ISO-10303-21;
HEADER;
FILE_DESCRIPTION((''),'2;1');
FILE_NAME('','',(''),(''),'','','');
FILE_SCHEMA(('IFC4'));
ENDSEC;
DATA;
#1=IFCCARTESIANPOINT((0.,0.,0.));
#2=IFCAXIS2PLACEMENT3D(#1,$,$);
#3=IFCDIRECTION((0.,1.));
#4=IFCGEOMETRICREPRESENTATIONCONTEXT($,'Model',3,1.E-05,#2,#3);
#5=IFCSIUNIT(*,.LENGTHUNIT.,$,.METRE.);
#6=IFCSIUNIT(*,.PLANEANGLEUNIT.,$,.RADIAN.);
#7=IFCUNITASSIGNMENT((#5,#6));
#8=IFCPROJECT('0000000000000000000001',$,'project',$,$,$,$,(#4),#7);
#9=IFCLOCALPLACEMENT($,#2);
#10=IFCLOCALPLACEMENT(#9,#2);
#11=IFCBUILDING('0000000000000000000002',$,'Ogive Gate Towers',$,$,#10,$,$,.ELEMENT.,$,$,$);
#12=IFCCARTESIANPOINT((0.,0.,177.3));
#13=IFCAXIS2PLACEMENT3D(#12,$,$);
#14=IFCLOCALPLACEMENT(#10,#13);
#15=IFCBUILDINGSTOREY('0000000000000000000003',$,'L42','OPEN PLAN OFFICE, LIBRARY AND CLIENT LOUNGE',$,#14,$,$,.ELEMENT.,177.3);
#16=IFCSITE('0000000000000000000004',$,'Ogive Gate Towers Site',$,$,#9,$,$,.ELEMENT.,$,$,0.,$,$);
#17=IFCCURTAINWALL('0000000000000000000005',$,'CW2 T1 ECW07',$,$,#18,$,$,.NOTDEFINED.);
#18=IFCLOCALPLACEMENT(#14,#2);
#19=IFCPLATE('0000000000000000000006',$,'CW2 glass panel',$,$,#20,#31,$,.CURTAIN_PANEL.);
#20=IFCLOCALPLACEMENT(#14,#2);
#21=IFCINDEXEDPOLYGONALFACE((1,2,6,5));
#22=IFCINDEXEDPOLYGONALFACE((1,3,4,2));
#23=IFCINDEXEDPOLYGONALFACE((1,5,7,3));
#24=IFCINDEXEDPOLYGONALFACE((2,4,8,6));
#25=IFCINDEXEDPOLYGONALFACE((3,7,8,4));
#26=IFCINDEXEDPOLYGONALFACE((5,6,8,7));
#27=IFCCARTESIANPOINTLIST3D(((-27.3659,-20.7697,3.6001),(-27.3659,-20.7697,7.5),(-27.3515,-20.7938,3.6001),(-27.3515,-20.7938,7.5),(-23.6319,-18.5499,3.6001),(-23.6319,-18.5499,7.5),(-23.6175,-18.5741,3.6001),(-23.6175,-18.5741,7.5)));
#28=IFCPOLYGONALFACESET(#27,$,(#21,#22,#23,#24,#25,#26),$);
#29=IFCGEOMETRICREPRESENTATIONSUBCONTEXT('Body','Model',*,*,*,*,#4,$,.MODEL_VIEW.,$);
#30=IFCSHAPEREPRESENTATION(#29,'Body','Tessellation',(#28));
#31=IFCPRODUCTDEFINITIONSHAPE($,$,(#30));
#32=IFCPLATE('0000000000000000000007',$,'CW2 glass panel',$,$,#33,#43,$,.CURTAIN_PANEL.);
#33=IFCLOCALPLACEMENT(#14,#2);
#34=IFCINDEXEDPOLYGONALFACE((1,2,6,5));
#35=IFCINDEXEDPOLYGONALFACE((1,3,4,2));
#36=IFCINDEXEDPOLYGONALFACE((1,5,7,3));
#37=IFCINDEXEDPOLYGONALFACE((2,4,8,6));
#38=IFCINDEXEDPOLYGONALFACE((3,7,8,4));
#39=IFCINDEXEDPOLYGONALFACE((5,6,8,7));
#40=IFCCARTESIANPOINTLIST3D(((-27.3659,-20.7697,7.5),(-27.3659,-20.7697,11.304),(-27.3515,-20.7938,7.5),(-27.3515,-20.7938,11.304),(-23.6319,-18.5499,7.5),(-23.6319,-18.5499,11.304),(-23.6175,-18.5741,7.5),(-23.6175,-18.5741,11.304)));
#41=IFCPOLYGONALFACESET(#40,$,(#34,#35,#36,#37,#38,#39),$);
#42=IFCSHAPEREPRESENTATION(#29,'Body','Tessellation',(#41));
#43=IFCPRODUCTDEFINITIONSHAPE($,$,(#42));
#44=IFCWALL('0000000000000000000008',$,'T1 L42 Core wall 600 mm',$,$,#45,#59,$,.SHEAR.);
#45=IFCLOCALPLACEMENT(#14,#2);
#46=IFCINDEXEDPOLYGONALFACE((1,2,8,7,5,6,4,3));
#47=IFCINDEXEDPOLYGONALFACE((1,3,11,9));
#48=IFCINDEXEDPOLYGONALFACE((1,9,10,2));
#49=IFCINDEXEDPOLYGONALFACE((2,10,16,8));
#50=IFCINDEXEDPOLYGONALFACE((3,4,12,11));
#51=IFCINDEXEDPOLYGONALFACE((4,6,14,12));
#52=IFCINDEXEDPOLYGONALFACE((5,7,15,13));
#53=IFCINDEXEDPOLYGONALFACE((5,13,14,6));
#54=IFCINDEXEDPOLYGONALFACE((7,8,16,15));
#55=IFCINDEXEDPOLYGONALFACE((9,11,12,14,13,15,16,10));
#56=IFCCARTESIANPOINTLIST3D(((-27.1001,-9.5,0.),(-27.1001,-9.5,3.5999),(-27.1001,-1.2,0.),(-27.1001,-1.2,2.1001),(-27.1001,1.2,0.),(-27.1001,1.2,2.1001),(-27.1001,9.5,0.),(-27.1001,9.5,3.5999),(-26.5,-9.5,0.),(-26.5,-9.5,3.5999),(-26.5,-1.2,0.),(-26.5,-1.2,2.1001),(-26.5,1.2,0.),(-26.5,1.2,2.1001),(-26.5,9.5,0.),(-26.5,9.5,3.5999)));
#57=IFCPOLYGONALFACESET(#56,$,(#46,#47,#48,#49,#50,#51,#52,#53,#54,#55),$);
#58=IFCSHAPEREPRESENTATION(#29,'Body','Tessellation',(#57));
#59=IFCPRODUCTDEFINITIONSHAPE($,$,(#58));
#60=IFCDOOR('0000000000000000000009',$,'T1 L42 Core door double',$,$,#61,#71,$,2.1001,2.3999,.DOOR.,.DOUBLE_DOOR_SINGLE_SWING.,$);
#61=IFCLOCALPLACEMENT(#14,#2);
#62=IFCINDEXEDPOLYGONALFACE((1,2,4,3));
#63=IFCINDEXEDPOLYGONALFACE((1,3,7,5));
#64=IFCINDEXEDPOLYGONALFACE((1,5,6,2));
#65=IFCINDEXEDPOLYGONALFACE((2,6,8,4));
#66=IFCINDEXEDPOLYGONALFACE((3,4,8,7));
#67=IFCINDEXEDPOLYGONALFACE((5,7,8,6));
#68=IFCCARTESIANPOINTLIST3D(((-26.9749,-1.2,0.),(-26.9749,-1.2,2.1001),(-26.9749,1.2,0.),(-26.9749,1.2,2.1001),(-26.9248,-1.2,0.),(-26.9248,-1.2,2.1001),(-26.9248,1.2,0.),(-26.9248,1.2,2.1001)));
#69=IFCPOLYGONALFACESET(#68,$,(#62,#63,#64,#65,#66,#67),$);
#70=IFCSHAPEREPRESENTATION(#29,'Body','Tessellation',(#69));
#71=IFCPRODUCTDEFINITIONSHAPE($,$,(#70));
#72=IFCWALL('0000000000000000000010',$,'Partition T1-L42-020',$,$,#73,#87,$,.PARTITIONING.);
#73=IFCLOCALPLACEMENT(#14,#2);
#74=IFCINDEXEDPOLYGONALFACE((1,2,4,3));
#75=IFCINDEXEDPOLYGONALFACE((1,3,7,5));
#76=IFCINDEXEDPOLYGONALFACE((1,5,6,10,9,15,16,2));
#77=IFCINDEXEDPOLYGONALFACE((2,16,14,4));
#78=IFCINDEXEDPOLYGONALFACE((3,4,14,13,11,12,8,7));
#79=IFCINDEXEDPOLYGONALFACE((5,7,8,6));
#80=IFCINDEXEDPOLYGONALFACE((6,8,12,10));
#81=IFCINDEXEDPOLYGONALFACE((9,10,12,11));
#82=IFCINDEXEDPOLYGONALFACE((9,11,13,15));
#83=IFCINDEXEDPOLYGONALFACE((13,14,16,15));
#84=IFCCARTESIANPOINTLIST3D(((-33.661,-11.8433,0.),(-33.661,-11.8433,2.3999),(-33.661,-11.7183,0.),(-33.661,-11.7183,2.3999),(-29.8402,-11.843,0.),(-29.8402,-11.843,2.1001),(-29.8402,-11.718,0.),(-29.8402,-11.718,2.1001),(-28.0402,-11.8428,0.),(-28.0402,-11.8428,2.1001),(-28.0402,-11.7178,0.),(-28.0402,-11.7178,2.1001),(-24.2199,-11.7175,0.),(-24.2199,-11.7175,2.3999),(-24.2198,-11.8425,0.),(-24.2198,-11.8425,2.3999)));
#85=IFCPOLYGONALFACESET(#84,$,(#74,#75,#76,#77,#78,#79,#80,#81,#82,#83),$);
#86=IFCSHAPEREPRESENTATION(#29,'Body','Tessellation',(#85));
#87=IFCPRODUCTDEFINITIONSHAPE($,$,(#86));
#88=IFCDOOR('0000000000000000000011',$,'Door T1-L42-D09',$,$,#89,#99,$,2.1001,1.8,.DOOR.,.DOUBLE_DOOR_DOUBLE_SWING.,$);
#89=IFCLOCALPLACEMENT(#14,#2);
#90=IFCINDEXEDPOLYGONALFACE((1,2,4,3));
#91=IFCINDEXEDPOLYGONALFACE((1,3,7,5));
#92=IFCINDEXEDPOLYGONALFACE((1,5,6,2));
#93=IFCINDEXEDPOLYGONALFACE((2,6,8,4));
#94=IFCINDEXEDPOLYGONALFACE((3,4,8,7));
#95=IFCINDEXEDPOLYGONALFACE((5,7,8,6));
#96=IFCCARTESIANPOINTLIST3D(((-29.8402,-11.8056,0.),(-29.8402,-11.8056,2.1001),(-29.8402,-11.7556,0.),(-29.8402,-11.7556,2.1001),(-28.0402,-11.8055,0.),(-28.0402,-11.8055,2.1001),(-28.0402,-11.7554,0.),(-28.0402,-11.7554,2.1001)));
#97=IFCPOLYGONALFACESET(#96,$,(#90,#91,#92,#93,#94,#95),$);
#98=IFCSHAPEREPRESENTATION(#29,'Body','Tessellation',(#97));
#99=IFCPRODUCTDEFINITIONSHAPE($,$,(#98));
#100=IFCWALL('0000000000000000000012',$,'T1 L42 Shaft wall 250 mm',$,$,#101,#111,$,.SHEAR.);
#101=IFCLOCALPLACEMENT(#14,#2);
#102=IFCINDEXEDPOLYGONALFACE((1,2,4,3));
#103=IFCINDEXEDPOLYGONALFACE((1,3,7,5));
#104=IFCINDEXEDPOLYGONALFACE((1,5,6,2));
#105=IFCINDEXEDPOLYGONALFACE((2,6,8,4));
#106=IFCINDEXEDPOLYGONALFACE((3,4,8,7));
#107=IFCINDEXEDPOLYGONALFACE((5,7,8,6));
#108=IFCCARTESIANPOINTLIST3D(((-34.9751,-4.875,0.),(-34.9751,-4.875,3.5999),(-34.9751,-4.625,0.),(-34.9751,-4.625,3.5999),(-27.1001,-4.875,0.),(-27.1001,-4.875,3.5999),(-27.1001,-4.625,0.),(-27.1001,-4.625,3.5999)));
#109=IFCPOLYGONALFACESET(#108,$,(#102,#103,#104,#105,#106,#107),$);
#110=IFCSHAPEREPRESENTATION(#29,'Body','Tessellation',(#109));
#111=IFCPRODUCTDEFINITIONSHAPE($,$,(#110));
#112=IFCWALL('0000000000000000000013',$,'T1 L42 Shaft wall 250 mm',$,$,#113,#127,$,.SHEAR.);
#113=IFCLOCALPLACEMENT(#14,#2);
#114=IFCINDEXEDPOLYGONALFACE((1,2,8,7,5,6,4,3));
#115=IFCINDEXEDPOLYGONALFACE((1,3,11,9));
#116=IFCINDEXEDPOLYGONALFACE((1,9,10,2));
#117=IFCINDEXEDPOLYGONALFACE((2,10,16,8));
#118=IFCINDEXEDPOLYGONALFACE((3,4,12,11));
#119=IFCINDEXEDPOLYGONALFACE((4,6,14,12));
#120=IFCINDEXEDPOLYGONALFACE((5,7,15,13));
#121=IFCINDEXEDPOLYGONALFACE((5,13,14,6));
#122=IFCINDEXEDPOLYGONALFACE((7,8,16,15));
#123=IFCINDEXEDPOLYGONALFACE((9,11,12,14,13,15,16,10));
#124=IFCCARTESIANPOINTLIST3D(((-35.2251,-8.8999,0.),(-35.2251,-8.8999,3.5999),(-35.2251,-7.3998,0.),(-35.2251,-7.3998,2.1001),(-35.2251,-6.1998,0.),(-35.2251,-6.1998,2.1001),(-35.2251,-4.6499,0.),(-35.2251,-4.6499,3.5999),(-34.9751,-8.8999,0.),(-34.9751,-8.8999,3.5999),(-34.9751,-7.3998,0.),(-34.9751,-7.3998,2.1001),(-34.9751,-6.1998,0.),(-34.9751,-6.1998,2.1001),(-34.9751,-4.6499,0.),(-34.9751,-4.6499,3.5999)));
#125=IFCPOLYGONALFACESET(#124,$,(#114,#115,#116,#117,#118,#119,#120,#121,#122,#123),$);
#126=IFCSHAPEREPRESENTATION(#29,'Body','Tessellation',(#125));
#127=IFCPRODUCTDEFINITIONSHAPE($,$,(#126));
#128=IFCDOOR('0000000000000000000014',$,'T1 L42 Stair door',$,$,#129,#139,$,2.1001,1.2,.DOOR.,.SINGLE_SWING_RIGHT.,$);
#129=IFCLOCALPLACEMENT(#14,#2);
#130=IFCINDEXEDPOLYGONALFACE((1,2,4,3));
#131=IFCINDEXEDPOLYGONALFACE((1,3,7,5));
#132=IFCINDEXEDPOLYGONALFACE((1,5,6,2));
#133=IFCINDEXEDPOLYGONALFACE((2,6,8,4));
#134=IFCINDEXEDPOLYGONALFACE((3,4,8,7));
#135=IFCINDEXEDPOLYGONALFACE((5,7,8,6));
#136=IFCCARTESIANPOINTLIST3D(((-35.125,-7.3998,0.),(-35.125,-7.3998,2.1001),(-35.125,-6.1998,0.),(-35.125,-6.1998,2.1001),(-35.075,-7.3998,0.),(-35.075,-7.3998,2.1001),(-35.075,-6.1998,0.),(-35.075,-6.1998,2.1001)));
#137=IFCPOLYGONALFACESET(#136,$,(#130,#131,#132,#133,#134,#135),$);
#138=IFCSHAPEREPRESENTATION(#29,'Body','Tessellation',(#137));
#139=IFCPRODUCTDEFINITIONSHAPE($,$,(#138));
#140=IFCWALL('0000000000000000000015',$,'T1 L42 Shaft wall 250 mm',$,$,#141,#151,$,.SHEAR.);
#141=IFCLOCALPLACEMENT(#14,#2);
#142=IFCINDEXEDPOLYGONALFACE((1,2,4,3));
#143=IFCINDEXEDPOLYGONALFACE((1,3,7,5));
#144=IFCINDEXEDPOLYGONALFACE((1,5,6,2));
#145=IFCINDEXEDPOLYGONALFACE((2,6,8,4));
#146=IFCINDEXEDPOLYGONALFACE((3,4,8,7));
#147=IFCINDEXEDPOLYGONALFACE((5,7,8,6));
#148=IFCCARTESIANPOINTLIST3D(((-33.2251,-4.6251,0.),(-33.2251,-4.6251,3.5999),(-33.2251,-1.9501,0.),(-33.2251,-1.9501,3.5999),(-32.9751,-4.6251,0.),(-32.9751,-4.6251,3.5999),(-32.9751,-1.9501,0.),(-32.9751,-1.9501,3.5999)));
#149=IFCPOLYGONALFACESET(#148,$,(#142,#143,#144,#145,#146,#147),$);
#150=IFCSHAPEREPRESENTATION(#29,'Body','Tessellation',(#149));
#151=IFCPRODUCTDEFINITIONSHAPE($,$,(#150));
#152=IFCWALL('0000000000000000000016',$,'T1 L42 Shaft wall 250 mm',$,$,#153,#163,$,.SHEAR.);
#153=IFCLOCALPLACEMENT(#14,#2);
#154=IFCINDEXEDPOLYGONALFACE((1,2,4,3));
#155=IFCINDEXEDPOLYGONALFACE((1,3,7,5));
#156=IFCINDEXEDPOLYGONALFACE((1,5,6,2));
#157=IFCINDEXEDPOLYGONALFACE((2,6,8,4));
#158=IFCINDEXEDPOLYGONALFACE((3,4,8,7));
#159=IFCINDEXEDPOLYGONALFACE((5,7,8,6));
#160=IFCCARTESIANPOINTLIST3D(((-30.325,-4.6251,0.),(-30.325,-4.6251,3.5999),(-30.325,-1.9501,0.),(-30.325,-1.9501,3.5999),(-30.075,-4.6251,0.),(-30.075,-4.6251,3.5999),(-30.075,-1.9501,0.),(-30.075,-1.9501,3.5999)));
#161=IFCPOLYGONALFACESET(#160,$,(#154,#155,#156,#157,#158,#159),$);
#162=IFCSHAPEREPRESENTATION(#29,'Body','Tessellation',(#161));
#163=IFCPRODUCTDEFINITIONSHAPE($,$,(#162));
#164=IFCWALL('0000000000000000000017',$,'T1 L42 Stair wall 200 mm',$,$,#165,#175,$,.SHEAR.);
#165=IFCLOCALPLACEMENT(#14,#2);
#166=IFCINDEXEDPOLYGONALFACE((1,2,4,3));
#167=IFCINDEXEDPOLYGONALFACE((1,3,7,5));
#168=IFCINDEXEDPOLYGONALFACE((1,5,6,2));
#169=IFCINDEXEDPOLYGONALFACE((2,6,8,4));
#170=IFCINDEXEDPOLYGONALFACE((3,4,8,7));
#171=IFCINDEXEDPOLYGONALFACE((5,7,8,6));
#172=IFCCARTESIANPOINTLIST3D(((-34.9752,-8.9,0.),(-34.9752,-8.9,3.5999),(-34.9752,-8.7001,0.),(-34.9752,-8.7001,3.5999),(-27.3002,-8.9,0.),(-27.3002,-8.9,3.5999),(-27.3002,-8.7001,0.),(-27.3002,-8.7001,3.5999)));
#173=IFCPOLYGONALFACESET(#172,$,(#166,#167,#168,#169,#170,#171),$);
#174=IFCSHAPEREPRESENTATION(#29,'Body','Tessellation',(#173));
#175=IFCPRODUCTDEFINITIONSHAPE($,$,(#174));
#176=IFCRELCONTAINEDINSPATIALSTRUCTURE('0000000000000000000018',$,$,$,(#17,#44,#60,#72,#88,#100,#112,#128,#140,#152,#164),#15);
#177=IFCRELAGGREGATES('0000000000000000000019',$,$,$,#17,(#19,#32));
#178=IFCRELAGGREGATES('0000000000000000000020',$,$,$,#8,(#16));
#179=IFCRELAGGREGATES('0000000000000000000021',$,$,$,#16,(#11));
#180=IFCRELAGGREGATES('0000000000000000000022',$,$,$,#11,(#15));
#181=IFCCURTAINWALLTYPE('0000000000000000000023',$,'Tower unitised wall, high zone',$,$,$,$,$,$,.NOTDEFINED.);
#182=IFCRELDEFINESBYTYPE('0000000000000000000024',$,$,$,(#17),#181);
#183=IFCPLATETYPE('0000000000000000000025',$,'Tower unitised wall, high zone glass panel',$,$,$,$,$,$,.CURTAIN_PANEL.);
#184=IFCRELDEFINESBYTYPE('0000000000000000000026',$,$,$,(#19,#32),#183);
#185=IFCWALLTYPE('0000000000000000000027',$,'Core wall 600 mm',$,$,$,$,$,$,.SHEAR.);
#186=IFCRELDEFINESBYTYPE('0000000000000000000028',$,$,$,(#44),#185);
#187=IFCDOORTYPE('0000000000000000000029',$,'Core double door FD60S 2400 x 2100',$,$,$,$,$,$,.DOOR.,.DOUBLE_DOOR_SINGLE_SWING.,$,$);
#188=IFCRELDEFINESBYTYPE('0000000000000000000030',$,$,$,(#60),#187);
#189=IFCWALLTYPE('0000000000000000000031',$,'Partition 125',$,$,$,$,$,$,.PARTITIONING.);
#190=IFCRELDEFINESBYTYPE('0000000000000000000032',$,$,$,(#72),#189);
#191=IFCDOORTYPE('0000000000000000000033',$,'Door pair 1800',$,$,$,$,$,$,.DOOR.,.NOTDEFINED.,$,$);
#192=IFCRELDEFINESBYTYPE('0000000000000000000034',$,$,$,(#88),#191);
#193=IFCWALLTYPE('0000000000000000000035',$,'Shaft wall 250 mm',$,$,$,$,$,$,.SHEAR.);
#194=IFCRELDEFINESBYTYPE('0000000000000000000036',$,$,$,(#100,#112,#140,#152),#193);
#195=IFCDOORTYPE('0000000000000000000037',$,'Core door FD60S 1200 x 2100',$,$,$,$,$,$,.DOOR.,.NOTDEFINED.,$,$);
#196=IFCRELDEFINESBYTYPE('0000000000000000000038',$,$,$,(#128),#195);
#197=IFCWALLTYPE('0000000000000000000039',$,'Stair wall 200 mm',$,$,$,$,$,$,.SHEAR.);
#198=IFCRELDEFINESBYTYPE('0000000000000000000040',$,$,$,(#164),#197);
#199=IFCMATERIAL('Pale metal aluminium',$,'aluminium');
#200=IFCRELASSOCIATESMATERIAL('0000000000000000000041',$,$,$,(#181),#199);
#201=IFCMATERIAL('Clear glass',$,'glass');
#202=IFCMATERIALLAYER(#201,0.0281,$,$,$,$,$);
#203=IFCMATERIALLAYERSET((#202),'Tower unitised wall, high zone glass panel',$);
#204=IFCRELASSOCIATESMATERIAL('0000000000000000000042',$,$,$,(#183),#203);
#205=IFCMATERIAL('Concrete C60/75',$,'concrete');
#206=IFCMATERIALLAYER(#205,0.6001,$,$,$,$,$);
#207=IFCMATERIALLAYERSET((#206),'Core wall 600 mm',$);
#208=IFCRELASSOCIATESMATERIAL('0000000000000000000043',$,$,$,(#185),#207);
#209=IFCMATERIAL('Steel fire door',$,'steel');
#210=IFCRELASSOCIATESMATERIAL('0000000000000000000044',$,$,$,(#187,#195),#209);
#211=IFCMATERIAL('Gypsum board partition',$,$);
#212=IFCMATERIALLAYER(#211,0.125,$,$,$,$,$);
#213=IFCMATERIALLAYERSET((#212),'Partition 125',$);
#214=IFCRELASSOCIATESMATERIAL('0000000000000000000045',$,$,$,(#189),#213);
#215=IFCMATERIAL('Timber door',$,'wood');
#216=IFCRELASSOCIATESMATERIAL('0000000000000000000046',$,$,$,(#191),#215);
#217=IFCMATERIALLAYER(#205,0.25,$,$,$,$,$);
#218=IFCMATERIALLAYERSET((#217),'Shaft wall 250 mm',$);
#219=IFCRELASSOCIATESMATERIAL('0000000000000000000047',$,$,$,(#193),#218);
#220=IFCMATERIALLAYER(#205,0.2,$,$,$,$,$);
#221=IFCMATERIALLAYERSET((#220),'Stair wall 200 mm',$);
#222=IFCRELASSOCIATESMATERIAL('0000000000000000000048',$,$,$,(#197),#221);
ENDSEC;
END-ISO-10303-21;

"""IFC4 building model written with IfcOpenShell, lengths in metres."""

from ifc_helpers import new_model, si_unit, direction, frame, frame_2d, origin, origin_2d, place, context, subcontext, project, spatial, rectangle, extrude, material, layer, layer_set, type_object, element, fill, aggregate, save


model = new_model("IFC4")

# Units and contexts
model_context = context("Model", 3, precision=1e-05, world=origin(), true_north=direction((0.0, 1.0)))
body_context = subcontext(model_context, "Body", "Model", "MODEL_VIEW")
ifc_project = project(units=[si_unit("LENGTHUNIT", "METRE"), si_unit("PLANEANGLEUNIT", "RADIAN")], contexts=[model_context])

# Site, building, storey
site_placement = place(None, origin())
site = spatial("IfcSite", under=ifc_project, at=site_placement, Name="Ogive Gate Towers Site", CompositionType="ELEMENT", RefElevation=0.0)
building_placement = place(site_placement, origin())
building = spatial("IfcBuilding", under=site, at=building_placement, Name="Ogive Gate Towers", CompositionType="ELEMENT")
storey_placement = place(building_placement, frame((0.0, 0.0, 177.3)))
storey = spatial("IfcBuildingStorey", under=building, at=storey_placement, Name="L42", Description="OPEN PLAN OFFICE, LIBRARY AND CLIENT LOUNGE", CompositionType="ELEMENT", Elevation=177.3)

# Curtain wall, plates
ifc_material_1 = material(Name="Pale metal aluminium", Category="aluminium")
curtain_wall_type = type_object("IfcCurtainWallType", Name="Tower unitised wall, high zone", PredefinedType="NOTDEFINED", material=ifc_material_1)
curtain_wall_placement = place(storey_placement, origin())
curtain_wall = element("IfcCurtainWall", 1, at=curtain_wall_placement, inside=storey, type_object=curtain_wall_type, Name="CW2 T1 ECW07", PredefinedType="NOTDEFINED")
ifc_material_2 = material(Name="Clear glass", Category="glass")
ifc_layer_1 = layer(ifc_material_2, 0.0281)
ifc_layer_set_1 = layer_set([ifc_layer_1], Name="Tower unitised wall, high zone glass panel")
plate_type = type_object("IfcPlateType", Name="Tower unitised wall, high zone glass panel", PredefinedType="CURTAIN_PANEL", material=ifc_layer_set_1)
plate_1_placement = place(storey_placement, frame((-25.4917, -19.6719, 3.6001), z_axis=(0.0, 0.0, 1.0), x_axis=(0.859585, 0.510993, 0.0)))
plate_1 = element("IfcPlate", 2, at=plate_1_placement, type_object=plate_type, Name="CW2 glass panel", PredefinedType="CURTAIN_PANEL", context=body_context, shape_type="SweptSolid", body=[
    extrude(rectangle(XDim=4.344, YDim=0.0281, at=origin_2d()), origin(), (0.0, 0.0, 1.0), 3.8999),
])
plate_2_placement = place(storey_placement, frame((-25.4917, -19.6719, 7.5), z_axis=(0.0, 0.0, 1.0), x_axis=(0.859585, 0.510993, 0.0)))
plate_2 = element("IfcPlate", 3, at=plate_2_placement, type_object=plate_type, Name="CW2 glass panel", PredefinedType="CURTAIN_PANEL", context=body_context, shape_type="SweptSolid", body=[
    extrude(rectangle(XDim=4.344, YDim=0.0281, at=origin_2d()), origin(), (0.0, 0.0, 1.0), 3.804),
])
aggregate(curtain_wall, [plate_1, plate_2])

# Walls, openings, doors
ifc_material_3 = material(Name="Concrete C60/75", Category="concrete")
ifc_layer_2 = layer(ifc_material_3, 0.6001)
ifc_layer_set_2 = layer_set([ifc_layer_2], Name="Core wall 600 mm")
wall_type_1 = type_object("IfcWallType", Name="Core wall 600 mm", PredefinedType="SHEAR", material=ifc_layer_set_2)
wall_1_placement = place(storey_placement, frame((-26.8, -9.5, 0.0), z_axis=(0.0, 0.0, 1.0), x_axis=(0.0, 1.0, 0.0)))
wall_1 = element("IfcWall", 4, at=wall_1_placement, inside=storey, type_object=wall_type_1, Name="T1 L42 Core wall 600 mm", PredefinedType="SHEAR", context=body_context, shape_type="SweptSolid", body=[
    extrude(rectangle(XDim=19.0, YDim=0.6001, at=frame_2d((9.5, 0.0))), origin(), (0.0, 0.0, 1.0), 3.5999),
])
opening_1_placement = place(wall_1_placement, frame((8.3, 0.0, 0.0)))
opening_1 = element("IfcOpeningElement", 5, at=opening_1_placement, cuts=wall_1, PredefinedType="OPENING", context=body_context, shape_type="SweptSolid", body=[
    extrude(rectangle(XDim=2.3999, YDim=2.1001, at=frame_2d((1.2, 1.05))), frame((0.0, 0.3101, 0.0), z_axis=(0.0, -1.0, 0.0), x_axis=(1.0, 0.0, 0.0)), (0.0, 0.0, 1.0), 0.6201),
])
ifc_material_4 = material(Name="Steel fire door", Category="steel")
door_type_1 = type_object("IfcDoorType", Name="Core double door FD60S 2400 x 2100", OperationType="DOUBLE_DOOR_SINGLE_SWING", PredefinedType="DOOR", material=ifc_material_4)
door_1_placement = place(opening_1_placement, origin())
door_1 = element("IfcDoor", 6, at=door_1_placement, inside=storey, type_object=door_type_1, Name="T1 L42 Core door double", OperationType="DOUBLE_DOOR_SINGLE_SWING", OverallHeight=2.1001, OverallWidth=2.3999, PredefinedType="DOOR", context=body_context, shape_type="SweptSolid", body=[
    extrude(rectangle(XDim=2.3999, YDim=2.1001, at=frame_2d((1.2, 1.05))), frame((0.0, 0.1748, 0.0), z_axis=(0.0, -1.0, 0.0), x_axis=(1.0, 0.0, 0.0)), (0.0, 0.0, 1.0), 0.05),
])
fill(opening_1, door_1)
ifc_material_5 = material(Name="Gypsum board partition")
ifc_layer_3 = layer(ifc_material_5, 0.125)
ifc_layer_set_3 = layer_set([ifc_layer_3], Name="Partition 125")
wall_type_2 = type_object("IfcWallType", Name="Partition 125", PredefinedType="PARTITIONING", material=ifc_layer_set_3)
wall_2_placement = place(storey_placement, frame((-33.6611, -11.7808, 0.0), z_axis=(0.0, 0.0, 1.0), x_axis=(1.0, 0.000078, 0.0)))
wall_2 = element("IfcWall", 7, at=wall_2_placement, inside=storey, type_object=wall_type_2, Name="Partition T1-L42-020", PredefinedType="PARTITIONING", context=body_context, shape_type="SweptSolid", body=[
    extrude(rectangle(XDim=9.4412, YDim=0.125, at=frame_2d((4.7207, 0.0))), origin(), (0.0, 0.0, 1.0), 2.3999),
])
opening_2_placement = place(wall_2_placement, frame((3.821, 0.0, 0.0)))
opening_2 = element("IfcOpeningElement", 8, at=opening_2_placement, cuts=wall_2, PredefinedType="OPENING", context=body_context, shape_type="SweptSolid", body=[
    extrude(rectangle(XDim=1.8, YDim=2.1001, at=frame_2d((0.8999, 1.05))), frame((0.0, 0.0725, 0.0), z_axis=(0.0, -1.0, 0.0), x_axis=(1.0, 0.0, 0.0)), (0.0, 0.0, 1.0), 0.145),
])
ifc_material_6 = material(Name="Timber door", Category="wood")
door_type_2 = type_object("IfcDoorType", Name="Door pair 1800", OperationType="NOTDEFINED", PredefinedType="DOOR", material=ifc_material_6)
door_2_placement = place(opening_2_placement, origin())
door_2 = element("IfcDoor", 9, at=door_2_placement, inside=storey, type_object=door_type_2, Name="Door T1-L42-D09", OperationType="DOUBLE_DOOR_DOUBLE_SWING", OverallHeight=2.1001, OverallWidth=1.8, PredefinedType="DOOR", context=body_context, shape_type="SweptSolid", body=[
    extrude(rectangle(XDim=1.8, YDim=2.1001, at=frame_2d((0.8999, 1.05))), frame((0.0, 0.0249, 0.0), z_axis=(0.0, -1.0, 0.0), x_axis=(1.0, 0.0, 0.0)), (0.0, 0.0, 1.0), 0.05),
])
fill(opening_2, door_2)

# Wall
ifc_layer_4 = layer(ifc_material_3, 0.25)
ifc_layer_set_4 = layer_set([ifc_layer_4], Name="Shaft wall 250 mm")
wall_type_3 = type_object("IfcWallType", Name="Shaft wall 250 mm", PredefinedType="SHEAR", material=ifc_layer_set_4)
wall_3_placement = place(storey_placement, frame((-34.9751, -4.75, 0.0), z_axis=(0.0, 0.0, 1.0), x_axis=(1.0, 0.0, 0.0)))
element("IfcWall", 10, at=wall_3_placement, inside=storey, type_object=wall_type_3, Name="T1 L42 Shaft wall 250 mm", PredefinedType="SHEAR", context=body_context, shape_type="SweptSolid", body=[
    extrude(rectangle(XDim=7.875, YDim=0.25, at=frame_2d((3.9375, 0.0))), origin(), (0.0, 0.0, 1.0), 3.5999),
])

# Wall, opening, door
wall_4_placement = place(storey_placement, frame((-35.1001, -8.8999, 0.0), z_axis=(0.0, 0.0, 1.0), x_axis=(0.0, 1.0, 0.0)))
wall_4 = element("IfcWall", 11, at=wall_4_placement, inside=storey, type_object=wall_type_3, Name="T1 L42 Shaft wall 250 mm", PredefinedType="SHEAR", context=body_context, shape_type="SweptSolid", body=[
    extrude(rectangle(XDim=4.25, YDim=0.25, at=frame_2d((2.125, 0.0))), origin(), (0.0, 0.0, 1.0), 3.5999),
])
opening_3_placement = place(wall_4_placement, frame((1.5, 0.0, 0.0)))
opening_3 = element("IfcOpeningElement", 12, at=opening_3_placement, cuts=wall_4, PredefinedType="OPENING", context=body_context, shape_type="SweptSolid", body=[
    extrude(rectangle(XDim=1.2, YDim=2.1001, at=frame_2d((0.6001, 1.05))), frame((0.0, 0.135, 0.0), z_axis=(0.0, -1.0, 0.0), x_axis=(1.0, 0.0, 0.0)), (0.0, 0.0, 1.0), 0.27),
])
door_type_3 = type_object("IfcDoorType", Name="Core door FD60S 1200 x 2100", OperationType="NOTDEFINED", PredefinedType="DOOR", material=ifc_material_4)
door_3_placement = place(opening_3_placement, origin())
door_3 = element("IfcDoor", 13, at=door_3_placement, inside=storey, type_object=door_type_3, Name="T1 L42 Stair door", OperationType="SINGLE_SWING_RIGHT", OverallHeight=2.1001, OverallWidth=1.2, PredefinedType="DOOR", context=body_context, shape_type="SweptSolid", body=[
    extrude(rectangle(XDim=1.2, YDim=2.1001, at=frame_2d((0.6001, 1.05))), frame((0.0, 0.0249, 0.0), z_axis=(0.0, -1.0, 0.0), x_axis=(1.0, 0.0, 0.0)), (0.0, 0.0, 1.0), 0.05),
])
fill(opening_3, door_3)

# Walls
for number, where, z_axis, x_axis, name in (
    (14, (-33.1001, -4.625, 0.0), (0.0, 0.0, 1.0), (0.0, 1.0, 0.0), "T1 L42 Shaft wall 250 mm"),
    (15, (-30.2, -4.625, 0.0), (0.0, 0.0, 1.0), (0.0, 1.0, 0.0), "T1 L42 Shaft wall 250 mm"),
):
    element("IfcWall", number, at=place(storey_placement, frame(where, z_axis=z_axis, x_axis=x_axis)), inside=storey, type_object=wall_type_3, Name=name, PredefinedType="SHEAR", context=body_context, shape_type="SweptSolid", body=[
        extrude(rectangle(XDim=2.675, YDim=0.25, at=frame_2d((1.3374, 0.0))), origin(), (0.0, 0.0, 1.0), 3.5999),
    ])
ifc_layer_5 = layer(ifc_material_3, 0.2)
ifc_layer_set_5 = layer_set([ifc_layer_5], Name="Stair wall 200 mm")
wall_type_4 = type_object("IfcWallType", Name="Stair wall 200 mm", PredefinedType="SHEAR", material=ifc_layer_set_5)
wall_5_placement = place(storey_placement, frame((-34.9751, -8.8, 0.0), z_axis=(0.0, 0.0, 1.0), x_axis=(1.0, 0.0, 0.0)))
element("IfcWall", 16, at=wall_5_placement, inside=storey, type_object=wall_type_4, Name="T1 L42 Stair wall 200 mm", PredefinedType="SHEAR", context=body_context, shape_type="SweptSolid", body=[
    extrude(rectangle(XDim=7.675, YDim=0.2, at=frame_2d((3.8374, 0.0))), origin(), (0.0, 0.0, 1.0), 3.5999),
])

save(model, "model.ifc")
